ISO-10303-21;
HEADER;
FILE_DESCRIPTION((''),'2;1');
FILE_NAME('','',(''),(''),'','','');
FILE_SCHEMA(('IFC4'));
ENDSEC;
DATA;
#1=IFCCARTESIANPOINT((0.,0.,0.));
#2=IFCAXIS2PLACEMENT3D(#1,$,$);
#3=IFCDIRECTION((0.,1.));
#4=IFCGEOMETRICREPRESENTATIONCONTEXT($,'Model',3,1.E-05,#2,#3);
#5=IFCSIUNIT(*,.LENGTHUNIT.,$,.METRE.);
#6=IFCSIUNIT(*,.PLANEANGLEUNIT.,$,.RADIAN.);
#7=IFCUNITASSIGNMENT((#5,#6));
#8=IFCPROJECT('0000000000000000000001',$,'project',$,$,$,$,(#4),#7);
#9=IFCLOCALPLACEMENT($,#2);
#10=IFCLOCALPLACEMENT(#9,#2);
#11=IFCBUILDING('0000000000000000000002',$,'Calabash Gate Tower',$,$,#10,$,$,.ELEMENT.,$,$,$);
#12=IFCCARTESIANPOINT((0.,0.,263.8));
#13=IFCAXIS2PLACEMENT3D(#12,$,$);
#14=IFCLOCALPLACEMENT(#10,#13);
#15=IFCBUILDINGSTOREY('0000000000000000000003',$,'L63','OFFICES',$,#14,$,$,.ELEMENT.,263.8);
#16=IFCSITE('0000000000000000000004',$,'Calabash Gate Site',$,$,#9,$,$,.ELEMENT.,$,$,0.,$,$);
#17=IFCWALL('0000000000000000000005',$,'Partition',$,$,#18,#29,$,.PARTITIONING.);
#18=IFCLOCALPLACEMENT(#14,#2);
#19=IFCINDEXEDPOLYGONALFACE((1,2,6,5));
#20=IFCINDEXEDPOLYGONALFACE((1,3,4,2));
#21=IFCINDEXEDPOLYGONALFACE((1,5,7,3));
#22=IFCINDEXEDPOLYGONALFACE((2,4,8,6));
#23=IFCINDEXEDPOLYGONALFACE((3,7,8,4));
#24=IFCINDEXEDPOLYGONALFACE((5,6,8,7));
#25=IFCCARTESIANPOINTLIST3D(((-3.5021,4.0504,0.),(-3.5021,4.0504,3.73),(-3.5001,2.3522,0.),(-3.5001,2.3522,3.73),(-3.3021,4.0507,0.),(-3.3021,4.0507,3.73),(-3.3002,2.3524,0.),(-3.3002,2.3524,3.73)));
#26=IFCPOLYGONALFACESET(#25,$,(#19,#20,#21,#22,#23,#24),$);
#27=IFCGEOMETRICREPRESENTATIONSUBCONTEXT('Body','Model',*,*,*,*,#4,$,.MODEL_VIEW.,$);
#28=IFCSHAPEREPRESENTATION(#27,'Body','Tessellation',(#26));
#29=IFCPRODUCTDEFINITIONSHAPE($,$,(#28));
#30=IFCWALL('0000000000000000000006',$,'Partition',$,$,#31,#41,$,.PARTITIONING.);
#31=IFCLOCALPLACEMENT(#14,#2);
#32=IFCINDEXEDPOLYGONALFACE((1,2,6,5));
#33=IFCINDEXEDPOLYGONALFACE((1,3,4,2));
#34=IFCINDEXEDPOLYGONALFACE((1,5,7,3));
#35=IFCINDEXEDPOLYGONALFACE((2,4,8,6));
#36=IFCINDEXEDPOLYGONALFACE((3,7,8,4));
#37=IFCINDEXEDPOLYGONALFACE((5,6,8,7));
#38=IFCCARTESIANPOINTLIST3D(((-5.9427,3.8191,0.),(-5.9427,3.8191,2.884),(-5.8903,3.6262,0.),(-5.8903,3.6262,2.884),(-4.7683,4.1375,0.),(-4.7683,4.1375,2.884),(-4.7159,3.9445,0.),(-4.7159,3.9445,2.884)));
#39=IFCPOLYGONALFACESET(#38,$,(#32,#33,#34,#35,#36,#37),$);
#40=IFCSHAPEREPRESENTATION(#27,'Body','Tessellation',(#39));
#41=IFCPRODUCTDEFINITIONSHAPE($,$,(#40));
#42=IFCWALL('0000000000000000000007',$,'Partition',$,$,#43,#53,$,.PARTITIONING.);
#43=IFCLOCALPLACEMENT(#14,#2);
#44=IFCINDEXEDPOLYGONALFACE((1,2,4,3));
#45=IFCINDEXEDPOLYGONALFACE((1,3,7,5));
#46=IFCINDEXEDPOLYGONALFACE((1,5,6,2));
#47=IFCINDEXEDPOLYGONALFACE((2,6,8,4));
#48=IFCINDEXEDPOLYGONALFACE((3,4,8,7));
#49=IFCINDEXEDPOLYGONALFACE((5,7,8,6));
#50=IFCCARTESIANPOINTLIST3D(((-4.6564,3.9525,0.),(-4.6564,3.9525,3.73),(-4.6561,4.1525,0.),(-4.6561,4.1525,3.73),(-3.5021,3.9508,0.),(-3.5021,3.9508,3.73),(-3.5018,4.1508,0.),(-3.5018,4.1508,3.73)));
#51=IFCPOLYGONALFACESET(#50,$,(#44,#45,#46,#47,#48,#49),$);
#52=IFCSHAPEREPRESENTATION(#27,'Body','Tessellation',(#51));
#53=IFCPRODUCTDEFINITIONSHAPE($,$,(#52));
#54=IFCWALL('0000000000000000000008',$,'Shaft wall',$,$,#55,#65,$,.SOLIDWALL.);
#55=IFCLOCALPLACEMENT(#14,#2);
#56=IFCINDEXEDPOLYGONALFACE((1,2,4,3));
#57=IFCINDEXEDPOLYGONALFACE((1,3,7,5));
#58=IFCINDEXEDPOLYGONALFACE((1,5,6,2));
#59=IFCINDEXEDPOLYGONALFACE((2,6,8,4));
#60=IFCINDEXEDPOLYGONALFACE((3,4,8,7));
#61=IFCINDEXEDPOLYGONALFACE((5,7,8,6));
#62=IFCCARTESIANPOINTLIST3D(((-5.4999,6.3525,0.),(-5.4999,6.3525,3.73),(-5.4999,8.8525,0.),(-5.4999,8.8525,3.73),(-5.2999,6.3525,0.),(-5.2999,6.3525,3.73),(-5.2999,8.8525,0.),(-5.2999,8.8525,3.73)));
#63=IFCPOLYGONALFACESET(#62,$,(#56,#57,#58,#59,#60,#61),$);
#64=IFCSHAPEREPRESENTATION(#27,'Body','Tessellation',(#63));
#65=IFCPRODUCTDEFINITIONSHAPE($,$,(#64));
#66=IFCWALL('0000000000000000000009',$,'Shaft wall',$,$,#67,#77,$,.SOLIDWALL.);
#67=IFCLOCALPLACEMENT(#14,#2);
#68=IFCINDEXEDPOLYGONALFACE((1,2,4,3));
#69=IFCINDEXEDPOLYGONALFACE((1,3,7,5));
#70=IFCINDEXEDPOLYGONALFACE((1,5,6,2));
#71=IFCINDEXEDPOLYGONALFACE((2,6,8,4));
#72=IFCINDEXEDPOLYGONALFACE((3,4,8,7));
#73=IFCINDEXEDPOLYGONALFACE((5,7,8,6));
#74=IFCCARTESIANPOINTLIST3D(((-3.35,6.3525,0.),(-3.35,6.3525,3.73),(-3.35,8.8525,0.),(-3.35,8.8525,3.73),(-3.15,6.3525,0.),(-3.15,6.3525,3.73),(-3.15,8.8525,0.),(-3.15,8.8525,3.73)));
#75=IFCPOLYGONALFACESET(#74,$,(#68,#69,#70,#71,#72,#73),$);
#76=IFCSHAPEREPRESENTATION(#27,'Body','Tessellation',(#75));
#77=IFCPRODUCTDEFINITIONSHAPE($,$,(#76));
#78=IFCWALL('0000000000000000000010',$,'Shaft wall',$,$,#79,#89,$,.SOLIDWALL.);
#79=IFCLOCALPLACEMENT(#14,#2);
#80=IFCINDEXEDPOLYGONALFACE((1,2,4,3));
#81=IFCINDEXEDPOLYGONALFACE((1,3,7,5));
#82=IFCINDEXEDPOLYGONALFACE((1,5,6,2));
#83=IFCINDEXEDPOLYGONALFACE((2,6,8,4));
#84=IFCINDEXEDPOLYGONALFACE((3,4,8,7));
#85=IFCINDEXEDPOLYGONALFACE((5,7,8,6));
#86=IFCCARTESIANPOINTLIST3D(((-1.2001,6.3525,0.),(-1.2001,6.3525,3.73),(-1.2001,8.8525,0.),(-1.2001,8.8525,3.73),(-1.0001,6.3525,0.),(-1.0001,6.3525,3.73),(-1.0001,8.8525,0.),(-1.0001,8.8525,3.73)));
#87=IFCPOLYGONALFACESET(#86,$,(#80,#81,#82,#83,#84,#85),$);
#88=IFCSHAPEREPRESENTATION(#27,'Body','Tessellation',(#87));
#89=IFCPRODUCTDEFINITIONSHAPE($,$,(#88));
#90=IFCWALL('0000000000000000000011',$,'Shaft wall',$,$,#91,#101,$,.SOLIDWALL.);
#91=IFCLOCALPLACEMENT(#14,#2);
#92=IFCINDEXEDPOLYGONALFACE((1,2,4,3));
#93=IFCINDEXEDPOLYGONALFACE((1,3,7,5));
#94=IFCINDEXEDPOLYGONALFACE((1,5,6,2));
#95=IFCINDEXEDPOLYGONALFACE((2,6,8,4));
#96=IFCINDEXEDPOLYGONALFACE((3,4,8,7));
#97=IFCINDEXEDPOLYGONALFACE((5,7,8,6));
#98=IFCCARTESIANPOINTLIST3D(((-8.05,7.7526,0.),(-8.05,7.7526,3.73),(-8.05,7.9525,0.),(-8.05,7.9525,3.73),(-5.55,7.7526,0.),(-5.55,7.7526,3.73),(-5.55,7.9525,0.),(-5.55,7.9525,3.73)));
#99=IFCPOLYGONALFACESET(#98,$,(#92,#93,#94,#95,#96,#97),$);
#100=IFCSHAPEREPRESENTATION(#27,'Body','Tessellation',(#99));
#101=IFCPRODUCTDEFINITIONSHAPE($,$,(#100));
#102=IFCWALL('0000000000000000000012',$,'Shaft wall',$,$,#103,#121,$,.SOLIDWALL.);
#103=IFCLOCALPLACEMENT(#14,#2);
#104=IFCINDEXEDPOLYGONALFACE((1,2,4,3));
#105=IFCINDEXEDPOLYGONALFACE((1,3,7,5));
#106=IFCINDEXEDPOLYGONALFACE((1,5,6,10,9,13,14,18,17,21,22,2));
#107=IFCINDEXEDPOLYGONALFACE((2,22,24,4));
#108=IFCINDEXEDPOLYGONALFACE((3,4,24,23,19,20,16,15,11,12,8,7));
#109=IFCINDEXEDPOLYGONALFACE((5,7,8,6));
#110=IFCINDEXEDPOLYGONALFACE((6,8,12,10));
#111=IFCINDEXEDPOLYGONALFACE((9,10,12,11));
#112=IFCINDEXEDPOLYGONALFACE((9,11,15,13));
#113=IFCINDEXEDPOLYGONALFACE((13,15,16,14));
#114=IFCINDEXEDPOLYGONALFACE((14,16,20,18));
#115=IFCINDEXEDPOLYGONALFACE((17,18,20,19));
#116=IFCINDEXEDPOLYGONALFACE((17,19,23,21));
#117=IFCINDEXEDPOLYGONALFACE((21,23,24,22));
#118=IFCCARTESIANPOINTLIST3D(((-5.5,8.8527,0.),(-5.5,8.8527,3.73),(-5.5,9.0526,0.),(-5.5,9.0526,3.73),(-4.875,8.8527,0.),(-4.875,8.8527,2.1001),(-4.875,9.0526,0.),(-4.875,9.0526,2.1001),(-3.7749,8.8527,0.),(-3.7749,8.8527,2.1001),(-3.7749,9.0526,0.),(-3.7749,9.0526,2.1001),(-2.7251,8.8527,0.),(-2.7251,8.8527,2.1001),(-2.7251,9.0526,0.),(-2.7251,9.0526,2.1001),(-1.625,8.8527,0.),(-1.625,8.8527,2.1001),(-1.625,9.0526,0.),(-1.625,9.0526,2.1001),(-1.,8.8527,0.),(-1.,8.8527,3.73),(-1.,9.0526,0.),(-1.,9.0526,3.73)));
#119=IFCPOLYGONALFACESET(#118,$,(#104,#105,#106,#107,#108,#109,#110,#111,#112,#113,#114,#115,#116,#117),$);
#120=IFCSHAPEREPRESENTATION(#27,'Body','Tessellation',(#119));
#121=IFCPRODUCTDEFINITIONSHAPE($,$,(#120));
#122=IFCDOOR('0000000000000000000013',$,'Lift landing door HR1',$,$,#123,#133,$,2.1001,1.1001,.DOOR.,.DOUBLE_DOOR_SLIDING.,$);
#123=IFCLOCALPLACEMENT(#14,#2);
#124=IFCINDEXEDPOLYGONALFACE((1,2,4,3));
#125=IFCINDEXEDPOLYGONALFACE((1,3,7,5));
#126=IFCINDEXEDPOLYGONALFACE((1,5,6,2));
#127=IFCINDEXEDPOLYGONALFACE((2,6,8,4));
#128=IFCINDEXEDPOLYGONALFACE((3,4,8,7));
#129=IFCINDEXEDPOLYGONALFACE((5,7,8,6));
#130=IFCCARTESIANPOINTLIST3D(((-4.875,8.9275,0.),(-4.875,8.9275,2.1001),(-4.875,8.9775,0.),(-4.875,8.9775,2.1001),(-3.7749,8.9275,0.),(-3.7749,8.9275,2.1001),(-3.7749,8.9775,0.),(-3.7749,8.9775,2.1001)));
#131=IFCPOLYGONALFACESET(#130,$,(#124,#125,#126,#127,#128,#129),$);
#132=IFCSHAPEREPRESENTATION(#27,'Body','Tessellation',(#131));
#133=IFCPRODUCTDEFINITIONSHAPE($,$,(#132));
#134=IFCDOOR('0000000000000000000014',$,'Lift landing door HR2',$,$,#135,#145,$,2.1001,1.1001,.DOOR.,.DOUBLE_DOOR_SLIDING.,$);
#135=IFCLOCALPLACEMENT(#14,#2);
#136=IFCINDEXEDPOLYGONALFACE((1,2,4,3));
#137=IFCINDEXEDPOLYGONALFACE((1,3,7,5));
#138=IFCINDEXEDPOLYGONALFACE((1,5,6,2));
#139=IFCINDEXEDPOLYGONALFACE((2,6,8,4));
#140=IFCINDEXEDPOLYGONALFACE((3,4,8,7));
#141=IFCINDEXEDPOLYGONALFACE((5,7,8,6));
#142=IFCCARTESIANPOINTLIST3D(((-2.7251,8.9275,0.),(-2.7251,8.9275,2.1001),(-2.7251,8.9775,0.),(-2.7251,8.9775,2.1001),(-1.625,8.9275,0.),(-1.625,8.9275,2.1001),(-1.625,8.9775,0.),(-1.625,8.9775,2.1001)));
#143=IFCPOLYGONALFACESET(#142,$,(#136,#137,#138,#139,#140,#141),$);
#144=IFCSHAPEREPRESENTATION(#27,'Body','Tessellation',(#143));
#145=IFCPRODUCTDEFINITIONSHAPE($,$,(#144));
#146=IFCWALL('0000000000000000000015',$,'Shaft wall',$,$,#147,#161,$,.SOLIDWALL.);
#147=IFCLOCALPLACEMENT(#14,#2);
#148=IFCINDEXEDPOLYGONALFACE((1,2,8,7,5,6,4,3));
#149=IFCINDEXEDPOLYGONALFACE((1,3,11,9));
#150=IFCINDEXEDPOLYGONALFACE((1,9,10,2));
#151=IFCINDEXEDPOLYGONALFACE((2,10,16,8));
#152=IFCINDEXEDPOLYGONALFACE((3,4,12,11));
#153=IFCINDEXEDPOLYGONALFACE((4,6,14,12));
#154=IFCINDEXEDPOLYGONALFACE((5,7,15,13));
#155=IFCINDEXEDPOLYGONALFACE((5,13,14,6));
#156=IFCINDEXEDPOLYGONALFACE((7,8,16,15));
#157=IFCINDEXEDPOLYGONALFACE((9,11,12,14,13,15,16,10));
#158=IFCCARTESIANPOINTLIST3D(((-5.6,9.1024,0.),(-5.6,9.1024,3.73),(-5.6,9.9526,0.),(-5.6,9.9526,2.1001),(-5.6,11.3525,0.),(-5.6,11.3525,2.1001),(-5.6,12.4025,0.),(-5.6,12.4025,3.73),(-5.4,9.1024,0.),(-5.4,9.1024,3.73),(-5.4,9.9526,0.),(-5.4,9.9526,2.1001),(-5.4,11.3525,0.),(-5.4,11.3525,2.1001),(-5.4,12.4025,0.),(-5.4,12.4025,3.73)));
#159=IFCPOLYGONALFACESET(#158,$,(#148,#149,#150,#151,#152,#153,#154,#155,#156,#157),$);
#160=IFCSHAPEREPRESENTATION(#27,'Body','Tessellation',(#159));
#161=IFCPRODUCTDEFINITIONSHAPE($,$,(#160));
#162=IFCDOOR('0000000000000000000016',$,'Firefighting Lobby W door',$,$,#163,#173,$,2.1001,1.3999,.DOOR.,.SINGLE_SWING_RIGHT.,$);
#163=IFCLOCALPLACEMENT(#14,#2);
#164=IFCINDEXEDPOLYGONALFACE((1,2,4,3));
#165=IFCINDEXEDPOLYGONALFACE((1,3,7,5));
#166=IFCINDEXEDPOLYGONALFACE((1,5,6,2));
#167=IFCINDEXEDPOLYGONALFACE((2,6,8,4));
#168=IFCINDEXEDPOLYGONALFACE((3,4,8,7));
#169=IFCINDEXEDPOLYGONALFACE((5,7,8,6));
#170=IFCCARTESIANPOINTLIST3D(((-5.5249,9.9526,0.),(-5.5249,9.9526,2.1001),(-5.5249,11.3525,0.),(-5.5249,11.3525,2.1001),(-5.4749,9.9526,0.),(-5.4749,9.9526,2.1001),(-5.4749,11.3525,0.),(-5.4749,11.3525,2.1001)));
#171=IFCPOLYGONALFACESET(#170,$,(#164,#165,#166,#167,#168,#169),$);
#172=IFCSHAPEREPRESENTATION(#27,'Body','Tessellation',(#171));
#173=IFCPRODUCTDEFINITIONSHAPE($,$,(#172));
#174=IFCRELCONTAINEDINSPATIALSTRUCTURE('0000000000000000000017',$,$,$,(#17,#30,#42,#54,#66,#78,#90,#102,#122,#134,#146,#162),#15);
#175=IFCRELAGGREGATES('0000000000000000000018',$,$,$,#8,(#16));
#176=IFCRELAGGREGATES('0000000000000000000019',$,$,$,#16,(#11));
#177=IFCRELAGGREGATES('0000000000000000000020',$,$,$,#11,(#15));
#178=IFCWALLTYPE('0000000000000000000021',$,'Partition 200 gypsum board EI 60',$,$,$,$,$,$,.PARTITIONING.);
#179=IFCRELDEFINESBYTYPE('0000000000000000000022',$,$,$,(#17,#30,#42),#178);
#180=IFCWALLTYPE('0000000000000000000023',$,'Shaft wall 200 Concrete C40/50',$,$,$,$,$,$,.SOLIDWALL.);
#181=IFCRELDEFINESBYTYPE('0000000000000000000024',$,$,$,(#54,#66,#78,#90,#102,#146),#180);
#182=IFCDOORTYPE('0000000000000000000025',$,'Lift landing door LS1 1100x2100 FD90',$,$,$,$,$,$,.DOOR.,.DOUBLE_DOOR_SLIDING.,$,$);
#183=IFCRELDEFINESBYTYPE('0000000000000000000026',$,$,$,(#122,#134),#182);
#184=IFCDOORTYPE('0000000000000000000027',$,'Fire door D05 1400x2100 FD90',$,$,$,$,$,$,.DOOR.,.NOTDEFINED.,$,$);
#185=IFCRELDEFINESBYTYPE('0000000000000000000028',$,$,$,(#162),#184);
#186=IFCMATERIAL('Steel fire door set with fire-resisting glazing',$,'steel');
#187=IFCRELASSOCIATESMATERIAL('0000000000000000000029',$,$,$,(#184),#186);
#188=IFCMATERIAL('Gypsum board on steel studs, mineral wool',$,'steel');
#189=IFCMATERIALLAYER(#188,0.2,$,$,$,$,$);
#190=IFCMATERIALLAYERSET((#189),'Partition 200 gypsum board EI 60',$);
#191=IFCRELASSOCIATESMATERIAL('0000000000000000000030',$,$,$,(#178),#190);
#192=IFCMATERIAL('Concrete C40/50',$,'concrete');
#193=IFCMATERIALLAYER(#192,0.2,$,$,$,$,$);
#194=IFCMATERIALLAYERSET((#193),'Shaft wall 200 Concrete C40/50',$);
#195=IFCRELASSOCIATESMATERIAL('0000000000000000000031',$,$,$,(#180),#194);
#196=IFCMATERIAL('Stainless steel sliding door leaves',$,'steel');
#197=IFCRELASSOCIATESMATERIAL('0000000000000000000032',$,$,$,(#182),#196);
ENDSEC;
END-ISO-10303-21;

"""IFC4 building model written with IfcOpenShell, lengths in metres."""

from ifc_helpers import new_model, si_unit, direction, frame, frame_2d, origin, place, context, subcontext, project, spatial, rectangle, extrude, material, layer, layer_set, type_object, element, fill, save


model = new_model("IFC4")

# Units and contexts
model_context = context("Model", 3, precision=1e-05, world=origin(), true_north=direction((0.0, 1.0)))
body_context = subcontext(model_context, "Body", "Model", "MODEL_VIEW")
ifc_project = project(units=[si_unit("LENGTHUNIT", "METRE"), si_unit("PLANEANGLEUNIT", "RADIAN")], contexts=[model_context])

# Site, building, storey
site_placement = place(None, origin())
site = spatial("IfcSite", under=ifc_project, at=site_placement, Name="Calabash Gate Site", CompositionType="ELEMENT", RefElevation=0.0)
building_placement = place(site_placement, origin())
building = spatial("IfcBuilding", under=site, at=building_placement, Name="Calabash Gate Tower", CompositionType="ELEMENT")
storey_placement = place(building_placement, frame((0.0, 0.0, 263.8)))
storey = spatial("IfcBuildingStorey", under=building, at=storey_placement, Name="L63", Description="OFFICES", CompositionType="ELEMENT", Elevation=263.8)

# Shared definitions
ifc_material_1 = material(Name="Steel fire door set with fire-resisting glazing", Category="steel")
door_type_1 = type_object("IfcDoorType", Name="Fire door D05 1400x2100 FD90", OperationType="NOTDEFINED", PredefinedType="DOOR", material=ifc_material_1)

# Walls
ifc_material_2 = material(Name="Gypsum board on steel studs, mineral wool", Category="steel")
ifc_layer_1 = layer(ifc_material_2, 0.2)
ifc_layer_set_1 = layer_set([ifc_layer_1], Name="Partition 200 gypsum board EI 60")
wall_type_1 = type_object("IfcWallType", Name="Partition 200 gypsum board EI 60", PredefinedType="PARTITIONING", material=ifc_layer_set_1)
wall_1_placement = place(storey_placement, frame((-3.4021, 4.0505, 0.0), z_axis=(0.0, 0.0, 1.0), x_axis=(0.00115, -0.999999, 0.0)))
element("IfcWall", 1, at=wall_1_placement, inside=storey, type_object=wall_type_1, Name="Partition", PredefinedType="PARTITIONING", context=body_context, shape_type="SweptSolid", body=[
    extrude(rectangle(XDim=1.6982, YDim=0.2, at=frame_2d((0.8491, 0.0))), origin(), (0.0, 0.0, 1.0), 3.73),
])
wall_2_placement = place(storey_placement, frame((-5.9165, 3.7227, 0.0), z_axis=(0.0, 0.0, 1.0), x_axis=(0.965161, 0.261657, 0.0)))
element("IfcWall", 2, at=wall_2_placement, inside=storey, type_object=wall_type_1, Name="Partition", PredefinedType="PARTITIONING", context=body_context, shape_type="SweptSolid", body=[
    extrude(rectangle(XDim=1.2168, YDim=0.2, at=frame_2d((0.6084, 0.0))), origin(), (0.0, 0.0, 1.0), 2.884),
])
wall_3_placement = place(storey_placement, frame((-4.6562, 4.0525, 0.0), z_axis=(0.0, 0.0, 1.0), x_axis=(0.999999, -0.001481, 0.0)))
element("IfcWall", 3, at=wall_3_placement, inside=storey, type_object=wall_type_1, Name="Partition", PredefinedType="PARTITIONING", context=body_context, shape_type="SweptSolid", body=[
    extrude(rectangle(XDim=1.1543, YDim=0.2, at=frame_2d((0.5771, 0.0))), origin(), (0.0, 0.0, 1.0), 3.73),
])
ifc_material_3 = material(Name="Concrete C40/50", Category="concrete")
ifc_layer_2 = layer(ifc_material_3, 0.2)
ifc_layer_set_2 = layer_set([ifc_layer_2], Name="Shaft wall 200 Concrete C40/50")
wall_type_2 = type_object("IfcWallType", Name="Shaft wall 200 Concrete C40/50", PredefinedType="SOLIDWALL", material=ifc_layer_set_2)
for number, where, z_axis, x_axis, name in (
    (4, (-5.3999, 6.3525, 0.0), (0.0, 0.0, 1.0), (0.0, 1.0, 0.0), "Shaft wall"),
    (5, (-3.25, 6.3525, 0.0), (0.0, 0.0, 1.0), (0.0, 1.0, 0.0), "Shaft wall"),
    (6, (-1.1001, 6.3525, 0.0), (0.0, 0.0, 1.0), (0.0, 1.0, 0.0), "Shaft wall"),
    (7, (-8.05, 7.8525, 0.0), (0.0, 0.0, 1.0), (1.0, 0.0, 0.0), "Shaft wall"),
):
    element("IfcWall", number, at=place(storey_placement, frame(where, z_axis=z_axis, x_axis=x_axis)), inside=storey, type_object=wall_type_2, Name=name, PredefinedType="SOLIDWALL", context=body_context, shape_type="SweptSolid", body=[
        extrude(rectangle(XDim=2.5, YDim=0.2, at=frame_2d((1.25, 0.0))), origin(), (0.0, 0.0, 1.0), 3.73),
    ])

# Wall, openings, doors
wall_4_placement = place(storey_placement, frame((-5.5, 8.9526, 0.0), z_axis=(0.0, 0.0, 1.0), x_axis=(1.0, 0.0, 0.0)))
wall_4 = element("IfcWall", 8, at=wall_4_placement, inside=storey, type_object=wall_type_2, Name="Shaft wall", PredefinedType="SOLIDWALL", context=body_context, shape_type="SweptSolid", body=[
    extrude(rectangle(XDim=4.5, YDim=0.2, at=frame_2d((2.25, 0.0))), origin(), (0.0, 0.0, 1.0), 3.73),
])
opening_1_placement = place(wall_4_placement, frame((0.625, 0.0, 0.0)))
opening_1 = element("IfcOpeningElement", 9, at=opening_1_placement, cuts=wall_4, PredefinedType="OPENING", context=body_context, shape_type="SweptSolid", body=[
    extrude(rectangle(XDim=1.1001, YDim=2.1001, at=frame_2d((0.55, 1.05))), frame((0.0, 0.1099, 0.0), z_axis=(0.0, -1.0, 0.0), x_axis=(1.0, 0.0, 0.0)), (0.0, 0.0, 1.0), 0.22),
])
opening_2_placement = place(wall_4_placement, frame((2.7749, 0.0, 0.0)))
opening_2 = element("IfcOpeningElement", 10, at=opening_2_placement, cuts=wall_4, PredefinedType="OPENING", context=body_context, shape_type="SweptSolid", body=[
    extrude(rectangle(XDim=1.1001, YDim=2.1001, at=frame_2d((0.55, 1.05))), frame((0.0, 0.1099, 0.0), z_axis=(0.0, -1.0, 0.0), x_axis=(1.0, 0.0, 0.0)), (0.0, 0.0, 1.0), 0.22),
])
ifc_material_4 = material(Name="Stainless steel sliding door leaves", Category="steel")
door_type_2 = type_object("IfcDoorType", Name="Lift landing door LS1 1100x2100 FD90", OperationType="DOUBLE_DOOR_SLIDING", PredefinedType="DOOR", material=ifc_material_4)
door_1_placement = place(opening_1_placement, origin())
door_1 = element("IfcDoor", 11, at=door_1_placement, inside=storey, type_object=door_type_2, Name="Lift landing door HR1", OperationType="DOUBLE_DOOR_SLIDING", OverallHeight=2.1001, OverallWidth=1.1001, PredefinedType="DOOR", context=body_context, shape_type="SweptSolid", body=[
    extrude(rectangle(XDim=1.1001, YDim=2.1001, at=frame_2d((0.55, 1.05))), frame((0.0, 0.0249, 0.0), z_axis=(0.0, -1.0, 0.0), x_axis=(1.0, 0.0, 0.0)), (0.0, 0.0, 1.0), 0.05),
])
fill(opening_1, door_1)
door_2_placement = place(opening_2_placement, origin())
door_2 = element("IfcDoor", 12, at=door_2_placement, inside=storey, type_object=door_type_2, Name="Lift landing door HR2", OperationType="DOUBLE_DOOR_SLIDING", OverallHeight=2.1001, OverallWidth=1.1001, PredefinedType="DOOR", context=body_context, shape_type="SweptSolid", body=[
    extrude(rectangle(XDim=1.1001, YDim=2.1001, at=frame_2d((0.55, 1.05))), frame((0.0, 0.0249, 0.0), z_axis=(0.0, -1.0, 0.0), x_axis=(1.0, 0.0, 0.0)), (0.0, 0.0, 1.0), 0.05),
])
fill(opening_2, door_2)

# Wall, opening, door
wall_5_placement = place(storey_placement, frame((-5.5, 9.1025, 0.0), z_axis=(0.0, 0.0, 1.0), x_axis=(0.0, 1.0, 0.0)))
wall_5 = element("IfcWall", 13, at=wall_5_placement, inside=storey, type_object=wall_type_2, Name="Shaft wall", PredefinedType="SOLIDWALL", context=body_context, shape_type="SweptSolid", body=[
    extrude(rectangle(XDim=3.3, YDim=0.2, at=frame_2d((1.6499, 0.0))), origin(), (0.0, 0.0, 1.0), 3.73),
])
opening_3_placement = place(wall_5_placement, frame((0.8501, 0.0, 0.0)))
opening_3 = element("IfcOpeningElement", 14, at=opening_3_placement, cuts=wall_5, PredefinedType="OPENING", context=body_context, shape_type="SweptSolid", body=[
    extrude(rectangle(XDim=1.3999, YDim=2.1001, at=frame_2d((0.7, 1.05))), frame((0.0, 0.1099, 0.0), z_axis=(0.0, -1.0, 0.0), x_axis=(1.0, 0.0, 0.0)), (0.0, 0.0, 1.0), 0.22),
])
door_3_placement = place(opening_3_placement, origin())
door_3 = element("IfcDoor", 15, at=door_3_placement, inside=storey, type_object=door_type_1, Name="Firefighting Lobby W door", OperationType="SINGLE_SWING_RIGHT", OverallHeight=2.1001, OverallWidth=1.3999, PredefinedType="DOOR", context=body_context, shape_type="SweptSolid", body=[
    extrude(rectangle(XDim=1.3999, YDim=2.1001, at=frame_2d((0.7, 1.05))), frame((0.0, 0.0249, 0.0), z_axis=(0.0, -1.0, 0.0), x_axis=(1.0, 0.0, 0.0)), (0.0, 0.0, 1.0), 0.05),
])
fill(opening_3, door_3)

save(model, "model.ifc")
